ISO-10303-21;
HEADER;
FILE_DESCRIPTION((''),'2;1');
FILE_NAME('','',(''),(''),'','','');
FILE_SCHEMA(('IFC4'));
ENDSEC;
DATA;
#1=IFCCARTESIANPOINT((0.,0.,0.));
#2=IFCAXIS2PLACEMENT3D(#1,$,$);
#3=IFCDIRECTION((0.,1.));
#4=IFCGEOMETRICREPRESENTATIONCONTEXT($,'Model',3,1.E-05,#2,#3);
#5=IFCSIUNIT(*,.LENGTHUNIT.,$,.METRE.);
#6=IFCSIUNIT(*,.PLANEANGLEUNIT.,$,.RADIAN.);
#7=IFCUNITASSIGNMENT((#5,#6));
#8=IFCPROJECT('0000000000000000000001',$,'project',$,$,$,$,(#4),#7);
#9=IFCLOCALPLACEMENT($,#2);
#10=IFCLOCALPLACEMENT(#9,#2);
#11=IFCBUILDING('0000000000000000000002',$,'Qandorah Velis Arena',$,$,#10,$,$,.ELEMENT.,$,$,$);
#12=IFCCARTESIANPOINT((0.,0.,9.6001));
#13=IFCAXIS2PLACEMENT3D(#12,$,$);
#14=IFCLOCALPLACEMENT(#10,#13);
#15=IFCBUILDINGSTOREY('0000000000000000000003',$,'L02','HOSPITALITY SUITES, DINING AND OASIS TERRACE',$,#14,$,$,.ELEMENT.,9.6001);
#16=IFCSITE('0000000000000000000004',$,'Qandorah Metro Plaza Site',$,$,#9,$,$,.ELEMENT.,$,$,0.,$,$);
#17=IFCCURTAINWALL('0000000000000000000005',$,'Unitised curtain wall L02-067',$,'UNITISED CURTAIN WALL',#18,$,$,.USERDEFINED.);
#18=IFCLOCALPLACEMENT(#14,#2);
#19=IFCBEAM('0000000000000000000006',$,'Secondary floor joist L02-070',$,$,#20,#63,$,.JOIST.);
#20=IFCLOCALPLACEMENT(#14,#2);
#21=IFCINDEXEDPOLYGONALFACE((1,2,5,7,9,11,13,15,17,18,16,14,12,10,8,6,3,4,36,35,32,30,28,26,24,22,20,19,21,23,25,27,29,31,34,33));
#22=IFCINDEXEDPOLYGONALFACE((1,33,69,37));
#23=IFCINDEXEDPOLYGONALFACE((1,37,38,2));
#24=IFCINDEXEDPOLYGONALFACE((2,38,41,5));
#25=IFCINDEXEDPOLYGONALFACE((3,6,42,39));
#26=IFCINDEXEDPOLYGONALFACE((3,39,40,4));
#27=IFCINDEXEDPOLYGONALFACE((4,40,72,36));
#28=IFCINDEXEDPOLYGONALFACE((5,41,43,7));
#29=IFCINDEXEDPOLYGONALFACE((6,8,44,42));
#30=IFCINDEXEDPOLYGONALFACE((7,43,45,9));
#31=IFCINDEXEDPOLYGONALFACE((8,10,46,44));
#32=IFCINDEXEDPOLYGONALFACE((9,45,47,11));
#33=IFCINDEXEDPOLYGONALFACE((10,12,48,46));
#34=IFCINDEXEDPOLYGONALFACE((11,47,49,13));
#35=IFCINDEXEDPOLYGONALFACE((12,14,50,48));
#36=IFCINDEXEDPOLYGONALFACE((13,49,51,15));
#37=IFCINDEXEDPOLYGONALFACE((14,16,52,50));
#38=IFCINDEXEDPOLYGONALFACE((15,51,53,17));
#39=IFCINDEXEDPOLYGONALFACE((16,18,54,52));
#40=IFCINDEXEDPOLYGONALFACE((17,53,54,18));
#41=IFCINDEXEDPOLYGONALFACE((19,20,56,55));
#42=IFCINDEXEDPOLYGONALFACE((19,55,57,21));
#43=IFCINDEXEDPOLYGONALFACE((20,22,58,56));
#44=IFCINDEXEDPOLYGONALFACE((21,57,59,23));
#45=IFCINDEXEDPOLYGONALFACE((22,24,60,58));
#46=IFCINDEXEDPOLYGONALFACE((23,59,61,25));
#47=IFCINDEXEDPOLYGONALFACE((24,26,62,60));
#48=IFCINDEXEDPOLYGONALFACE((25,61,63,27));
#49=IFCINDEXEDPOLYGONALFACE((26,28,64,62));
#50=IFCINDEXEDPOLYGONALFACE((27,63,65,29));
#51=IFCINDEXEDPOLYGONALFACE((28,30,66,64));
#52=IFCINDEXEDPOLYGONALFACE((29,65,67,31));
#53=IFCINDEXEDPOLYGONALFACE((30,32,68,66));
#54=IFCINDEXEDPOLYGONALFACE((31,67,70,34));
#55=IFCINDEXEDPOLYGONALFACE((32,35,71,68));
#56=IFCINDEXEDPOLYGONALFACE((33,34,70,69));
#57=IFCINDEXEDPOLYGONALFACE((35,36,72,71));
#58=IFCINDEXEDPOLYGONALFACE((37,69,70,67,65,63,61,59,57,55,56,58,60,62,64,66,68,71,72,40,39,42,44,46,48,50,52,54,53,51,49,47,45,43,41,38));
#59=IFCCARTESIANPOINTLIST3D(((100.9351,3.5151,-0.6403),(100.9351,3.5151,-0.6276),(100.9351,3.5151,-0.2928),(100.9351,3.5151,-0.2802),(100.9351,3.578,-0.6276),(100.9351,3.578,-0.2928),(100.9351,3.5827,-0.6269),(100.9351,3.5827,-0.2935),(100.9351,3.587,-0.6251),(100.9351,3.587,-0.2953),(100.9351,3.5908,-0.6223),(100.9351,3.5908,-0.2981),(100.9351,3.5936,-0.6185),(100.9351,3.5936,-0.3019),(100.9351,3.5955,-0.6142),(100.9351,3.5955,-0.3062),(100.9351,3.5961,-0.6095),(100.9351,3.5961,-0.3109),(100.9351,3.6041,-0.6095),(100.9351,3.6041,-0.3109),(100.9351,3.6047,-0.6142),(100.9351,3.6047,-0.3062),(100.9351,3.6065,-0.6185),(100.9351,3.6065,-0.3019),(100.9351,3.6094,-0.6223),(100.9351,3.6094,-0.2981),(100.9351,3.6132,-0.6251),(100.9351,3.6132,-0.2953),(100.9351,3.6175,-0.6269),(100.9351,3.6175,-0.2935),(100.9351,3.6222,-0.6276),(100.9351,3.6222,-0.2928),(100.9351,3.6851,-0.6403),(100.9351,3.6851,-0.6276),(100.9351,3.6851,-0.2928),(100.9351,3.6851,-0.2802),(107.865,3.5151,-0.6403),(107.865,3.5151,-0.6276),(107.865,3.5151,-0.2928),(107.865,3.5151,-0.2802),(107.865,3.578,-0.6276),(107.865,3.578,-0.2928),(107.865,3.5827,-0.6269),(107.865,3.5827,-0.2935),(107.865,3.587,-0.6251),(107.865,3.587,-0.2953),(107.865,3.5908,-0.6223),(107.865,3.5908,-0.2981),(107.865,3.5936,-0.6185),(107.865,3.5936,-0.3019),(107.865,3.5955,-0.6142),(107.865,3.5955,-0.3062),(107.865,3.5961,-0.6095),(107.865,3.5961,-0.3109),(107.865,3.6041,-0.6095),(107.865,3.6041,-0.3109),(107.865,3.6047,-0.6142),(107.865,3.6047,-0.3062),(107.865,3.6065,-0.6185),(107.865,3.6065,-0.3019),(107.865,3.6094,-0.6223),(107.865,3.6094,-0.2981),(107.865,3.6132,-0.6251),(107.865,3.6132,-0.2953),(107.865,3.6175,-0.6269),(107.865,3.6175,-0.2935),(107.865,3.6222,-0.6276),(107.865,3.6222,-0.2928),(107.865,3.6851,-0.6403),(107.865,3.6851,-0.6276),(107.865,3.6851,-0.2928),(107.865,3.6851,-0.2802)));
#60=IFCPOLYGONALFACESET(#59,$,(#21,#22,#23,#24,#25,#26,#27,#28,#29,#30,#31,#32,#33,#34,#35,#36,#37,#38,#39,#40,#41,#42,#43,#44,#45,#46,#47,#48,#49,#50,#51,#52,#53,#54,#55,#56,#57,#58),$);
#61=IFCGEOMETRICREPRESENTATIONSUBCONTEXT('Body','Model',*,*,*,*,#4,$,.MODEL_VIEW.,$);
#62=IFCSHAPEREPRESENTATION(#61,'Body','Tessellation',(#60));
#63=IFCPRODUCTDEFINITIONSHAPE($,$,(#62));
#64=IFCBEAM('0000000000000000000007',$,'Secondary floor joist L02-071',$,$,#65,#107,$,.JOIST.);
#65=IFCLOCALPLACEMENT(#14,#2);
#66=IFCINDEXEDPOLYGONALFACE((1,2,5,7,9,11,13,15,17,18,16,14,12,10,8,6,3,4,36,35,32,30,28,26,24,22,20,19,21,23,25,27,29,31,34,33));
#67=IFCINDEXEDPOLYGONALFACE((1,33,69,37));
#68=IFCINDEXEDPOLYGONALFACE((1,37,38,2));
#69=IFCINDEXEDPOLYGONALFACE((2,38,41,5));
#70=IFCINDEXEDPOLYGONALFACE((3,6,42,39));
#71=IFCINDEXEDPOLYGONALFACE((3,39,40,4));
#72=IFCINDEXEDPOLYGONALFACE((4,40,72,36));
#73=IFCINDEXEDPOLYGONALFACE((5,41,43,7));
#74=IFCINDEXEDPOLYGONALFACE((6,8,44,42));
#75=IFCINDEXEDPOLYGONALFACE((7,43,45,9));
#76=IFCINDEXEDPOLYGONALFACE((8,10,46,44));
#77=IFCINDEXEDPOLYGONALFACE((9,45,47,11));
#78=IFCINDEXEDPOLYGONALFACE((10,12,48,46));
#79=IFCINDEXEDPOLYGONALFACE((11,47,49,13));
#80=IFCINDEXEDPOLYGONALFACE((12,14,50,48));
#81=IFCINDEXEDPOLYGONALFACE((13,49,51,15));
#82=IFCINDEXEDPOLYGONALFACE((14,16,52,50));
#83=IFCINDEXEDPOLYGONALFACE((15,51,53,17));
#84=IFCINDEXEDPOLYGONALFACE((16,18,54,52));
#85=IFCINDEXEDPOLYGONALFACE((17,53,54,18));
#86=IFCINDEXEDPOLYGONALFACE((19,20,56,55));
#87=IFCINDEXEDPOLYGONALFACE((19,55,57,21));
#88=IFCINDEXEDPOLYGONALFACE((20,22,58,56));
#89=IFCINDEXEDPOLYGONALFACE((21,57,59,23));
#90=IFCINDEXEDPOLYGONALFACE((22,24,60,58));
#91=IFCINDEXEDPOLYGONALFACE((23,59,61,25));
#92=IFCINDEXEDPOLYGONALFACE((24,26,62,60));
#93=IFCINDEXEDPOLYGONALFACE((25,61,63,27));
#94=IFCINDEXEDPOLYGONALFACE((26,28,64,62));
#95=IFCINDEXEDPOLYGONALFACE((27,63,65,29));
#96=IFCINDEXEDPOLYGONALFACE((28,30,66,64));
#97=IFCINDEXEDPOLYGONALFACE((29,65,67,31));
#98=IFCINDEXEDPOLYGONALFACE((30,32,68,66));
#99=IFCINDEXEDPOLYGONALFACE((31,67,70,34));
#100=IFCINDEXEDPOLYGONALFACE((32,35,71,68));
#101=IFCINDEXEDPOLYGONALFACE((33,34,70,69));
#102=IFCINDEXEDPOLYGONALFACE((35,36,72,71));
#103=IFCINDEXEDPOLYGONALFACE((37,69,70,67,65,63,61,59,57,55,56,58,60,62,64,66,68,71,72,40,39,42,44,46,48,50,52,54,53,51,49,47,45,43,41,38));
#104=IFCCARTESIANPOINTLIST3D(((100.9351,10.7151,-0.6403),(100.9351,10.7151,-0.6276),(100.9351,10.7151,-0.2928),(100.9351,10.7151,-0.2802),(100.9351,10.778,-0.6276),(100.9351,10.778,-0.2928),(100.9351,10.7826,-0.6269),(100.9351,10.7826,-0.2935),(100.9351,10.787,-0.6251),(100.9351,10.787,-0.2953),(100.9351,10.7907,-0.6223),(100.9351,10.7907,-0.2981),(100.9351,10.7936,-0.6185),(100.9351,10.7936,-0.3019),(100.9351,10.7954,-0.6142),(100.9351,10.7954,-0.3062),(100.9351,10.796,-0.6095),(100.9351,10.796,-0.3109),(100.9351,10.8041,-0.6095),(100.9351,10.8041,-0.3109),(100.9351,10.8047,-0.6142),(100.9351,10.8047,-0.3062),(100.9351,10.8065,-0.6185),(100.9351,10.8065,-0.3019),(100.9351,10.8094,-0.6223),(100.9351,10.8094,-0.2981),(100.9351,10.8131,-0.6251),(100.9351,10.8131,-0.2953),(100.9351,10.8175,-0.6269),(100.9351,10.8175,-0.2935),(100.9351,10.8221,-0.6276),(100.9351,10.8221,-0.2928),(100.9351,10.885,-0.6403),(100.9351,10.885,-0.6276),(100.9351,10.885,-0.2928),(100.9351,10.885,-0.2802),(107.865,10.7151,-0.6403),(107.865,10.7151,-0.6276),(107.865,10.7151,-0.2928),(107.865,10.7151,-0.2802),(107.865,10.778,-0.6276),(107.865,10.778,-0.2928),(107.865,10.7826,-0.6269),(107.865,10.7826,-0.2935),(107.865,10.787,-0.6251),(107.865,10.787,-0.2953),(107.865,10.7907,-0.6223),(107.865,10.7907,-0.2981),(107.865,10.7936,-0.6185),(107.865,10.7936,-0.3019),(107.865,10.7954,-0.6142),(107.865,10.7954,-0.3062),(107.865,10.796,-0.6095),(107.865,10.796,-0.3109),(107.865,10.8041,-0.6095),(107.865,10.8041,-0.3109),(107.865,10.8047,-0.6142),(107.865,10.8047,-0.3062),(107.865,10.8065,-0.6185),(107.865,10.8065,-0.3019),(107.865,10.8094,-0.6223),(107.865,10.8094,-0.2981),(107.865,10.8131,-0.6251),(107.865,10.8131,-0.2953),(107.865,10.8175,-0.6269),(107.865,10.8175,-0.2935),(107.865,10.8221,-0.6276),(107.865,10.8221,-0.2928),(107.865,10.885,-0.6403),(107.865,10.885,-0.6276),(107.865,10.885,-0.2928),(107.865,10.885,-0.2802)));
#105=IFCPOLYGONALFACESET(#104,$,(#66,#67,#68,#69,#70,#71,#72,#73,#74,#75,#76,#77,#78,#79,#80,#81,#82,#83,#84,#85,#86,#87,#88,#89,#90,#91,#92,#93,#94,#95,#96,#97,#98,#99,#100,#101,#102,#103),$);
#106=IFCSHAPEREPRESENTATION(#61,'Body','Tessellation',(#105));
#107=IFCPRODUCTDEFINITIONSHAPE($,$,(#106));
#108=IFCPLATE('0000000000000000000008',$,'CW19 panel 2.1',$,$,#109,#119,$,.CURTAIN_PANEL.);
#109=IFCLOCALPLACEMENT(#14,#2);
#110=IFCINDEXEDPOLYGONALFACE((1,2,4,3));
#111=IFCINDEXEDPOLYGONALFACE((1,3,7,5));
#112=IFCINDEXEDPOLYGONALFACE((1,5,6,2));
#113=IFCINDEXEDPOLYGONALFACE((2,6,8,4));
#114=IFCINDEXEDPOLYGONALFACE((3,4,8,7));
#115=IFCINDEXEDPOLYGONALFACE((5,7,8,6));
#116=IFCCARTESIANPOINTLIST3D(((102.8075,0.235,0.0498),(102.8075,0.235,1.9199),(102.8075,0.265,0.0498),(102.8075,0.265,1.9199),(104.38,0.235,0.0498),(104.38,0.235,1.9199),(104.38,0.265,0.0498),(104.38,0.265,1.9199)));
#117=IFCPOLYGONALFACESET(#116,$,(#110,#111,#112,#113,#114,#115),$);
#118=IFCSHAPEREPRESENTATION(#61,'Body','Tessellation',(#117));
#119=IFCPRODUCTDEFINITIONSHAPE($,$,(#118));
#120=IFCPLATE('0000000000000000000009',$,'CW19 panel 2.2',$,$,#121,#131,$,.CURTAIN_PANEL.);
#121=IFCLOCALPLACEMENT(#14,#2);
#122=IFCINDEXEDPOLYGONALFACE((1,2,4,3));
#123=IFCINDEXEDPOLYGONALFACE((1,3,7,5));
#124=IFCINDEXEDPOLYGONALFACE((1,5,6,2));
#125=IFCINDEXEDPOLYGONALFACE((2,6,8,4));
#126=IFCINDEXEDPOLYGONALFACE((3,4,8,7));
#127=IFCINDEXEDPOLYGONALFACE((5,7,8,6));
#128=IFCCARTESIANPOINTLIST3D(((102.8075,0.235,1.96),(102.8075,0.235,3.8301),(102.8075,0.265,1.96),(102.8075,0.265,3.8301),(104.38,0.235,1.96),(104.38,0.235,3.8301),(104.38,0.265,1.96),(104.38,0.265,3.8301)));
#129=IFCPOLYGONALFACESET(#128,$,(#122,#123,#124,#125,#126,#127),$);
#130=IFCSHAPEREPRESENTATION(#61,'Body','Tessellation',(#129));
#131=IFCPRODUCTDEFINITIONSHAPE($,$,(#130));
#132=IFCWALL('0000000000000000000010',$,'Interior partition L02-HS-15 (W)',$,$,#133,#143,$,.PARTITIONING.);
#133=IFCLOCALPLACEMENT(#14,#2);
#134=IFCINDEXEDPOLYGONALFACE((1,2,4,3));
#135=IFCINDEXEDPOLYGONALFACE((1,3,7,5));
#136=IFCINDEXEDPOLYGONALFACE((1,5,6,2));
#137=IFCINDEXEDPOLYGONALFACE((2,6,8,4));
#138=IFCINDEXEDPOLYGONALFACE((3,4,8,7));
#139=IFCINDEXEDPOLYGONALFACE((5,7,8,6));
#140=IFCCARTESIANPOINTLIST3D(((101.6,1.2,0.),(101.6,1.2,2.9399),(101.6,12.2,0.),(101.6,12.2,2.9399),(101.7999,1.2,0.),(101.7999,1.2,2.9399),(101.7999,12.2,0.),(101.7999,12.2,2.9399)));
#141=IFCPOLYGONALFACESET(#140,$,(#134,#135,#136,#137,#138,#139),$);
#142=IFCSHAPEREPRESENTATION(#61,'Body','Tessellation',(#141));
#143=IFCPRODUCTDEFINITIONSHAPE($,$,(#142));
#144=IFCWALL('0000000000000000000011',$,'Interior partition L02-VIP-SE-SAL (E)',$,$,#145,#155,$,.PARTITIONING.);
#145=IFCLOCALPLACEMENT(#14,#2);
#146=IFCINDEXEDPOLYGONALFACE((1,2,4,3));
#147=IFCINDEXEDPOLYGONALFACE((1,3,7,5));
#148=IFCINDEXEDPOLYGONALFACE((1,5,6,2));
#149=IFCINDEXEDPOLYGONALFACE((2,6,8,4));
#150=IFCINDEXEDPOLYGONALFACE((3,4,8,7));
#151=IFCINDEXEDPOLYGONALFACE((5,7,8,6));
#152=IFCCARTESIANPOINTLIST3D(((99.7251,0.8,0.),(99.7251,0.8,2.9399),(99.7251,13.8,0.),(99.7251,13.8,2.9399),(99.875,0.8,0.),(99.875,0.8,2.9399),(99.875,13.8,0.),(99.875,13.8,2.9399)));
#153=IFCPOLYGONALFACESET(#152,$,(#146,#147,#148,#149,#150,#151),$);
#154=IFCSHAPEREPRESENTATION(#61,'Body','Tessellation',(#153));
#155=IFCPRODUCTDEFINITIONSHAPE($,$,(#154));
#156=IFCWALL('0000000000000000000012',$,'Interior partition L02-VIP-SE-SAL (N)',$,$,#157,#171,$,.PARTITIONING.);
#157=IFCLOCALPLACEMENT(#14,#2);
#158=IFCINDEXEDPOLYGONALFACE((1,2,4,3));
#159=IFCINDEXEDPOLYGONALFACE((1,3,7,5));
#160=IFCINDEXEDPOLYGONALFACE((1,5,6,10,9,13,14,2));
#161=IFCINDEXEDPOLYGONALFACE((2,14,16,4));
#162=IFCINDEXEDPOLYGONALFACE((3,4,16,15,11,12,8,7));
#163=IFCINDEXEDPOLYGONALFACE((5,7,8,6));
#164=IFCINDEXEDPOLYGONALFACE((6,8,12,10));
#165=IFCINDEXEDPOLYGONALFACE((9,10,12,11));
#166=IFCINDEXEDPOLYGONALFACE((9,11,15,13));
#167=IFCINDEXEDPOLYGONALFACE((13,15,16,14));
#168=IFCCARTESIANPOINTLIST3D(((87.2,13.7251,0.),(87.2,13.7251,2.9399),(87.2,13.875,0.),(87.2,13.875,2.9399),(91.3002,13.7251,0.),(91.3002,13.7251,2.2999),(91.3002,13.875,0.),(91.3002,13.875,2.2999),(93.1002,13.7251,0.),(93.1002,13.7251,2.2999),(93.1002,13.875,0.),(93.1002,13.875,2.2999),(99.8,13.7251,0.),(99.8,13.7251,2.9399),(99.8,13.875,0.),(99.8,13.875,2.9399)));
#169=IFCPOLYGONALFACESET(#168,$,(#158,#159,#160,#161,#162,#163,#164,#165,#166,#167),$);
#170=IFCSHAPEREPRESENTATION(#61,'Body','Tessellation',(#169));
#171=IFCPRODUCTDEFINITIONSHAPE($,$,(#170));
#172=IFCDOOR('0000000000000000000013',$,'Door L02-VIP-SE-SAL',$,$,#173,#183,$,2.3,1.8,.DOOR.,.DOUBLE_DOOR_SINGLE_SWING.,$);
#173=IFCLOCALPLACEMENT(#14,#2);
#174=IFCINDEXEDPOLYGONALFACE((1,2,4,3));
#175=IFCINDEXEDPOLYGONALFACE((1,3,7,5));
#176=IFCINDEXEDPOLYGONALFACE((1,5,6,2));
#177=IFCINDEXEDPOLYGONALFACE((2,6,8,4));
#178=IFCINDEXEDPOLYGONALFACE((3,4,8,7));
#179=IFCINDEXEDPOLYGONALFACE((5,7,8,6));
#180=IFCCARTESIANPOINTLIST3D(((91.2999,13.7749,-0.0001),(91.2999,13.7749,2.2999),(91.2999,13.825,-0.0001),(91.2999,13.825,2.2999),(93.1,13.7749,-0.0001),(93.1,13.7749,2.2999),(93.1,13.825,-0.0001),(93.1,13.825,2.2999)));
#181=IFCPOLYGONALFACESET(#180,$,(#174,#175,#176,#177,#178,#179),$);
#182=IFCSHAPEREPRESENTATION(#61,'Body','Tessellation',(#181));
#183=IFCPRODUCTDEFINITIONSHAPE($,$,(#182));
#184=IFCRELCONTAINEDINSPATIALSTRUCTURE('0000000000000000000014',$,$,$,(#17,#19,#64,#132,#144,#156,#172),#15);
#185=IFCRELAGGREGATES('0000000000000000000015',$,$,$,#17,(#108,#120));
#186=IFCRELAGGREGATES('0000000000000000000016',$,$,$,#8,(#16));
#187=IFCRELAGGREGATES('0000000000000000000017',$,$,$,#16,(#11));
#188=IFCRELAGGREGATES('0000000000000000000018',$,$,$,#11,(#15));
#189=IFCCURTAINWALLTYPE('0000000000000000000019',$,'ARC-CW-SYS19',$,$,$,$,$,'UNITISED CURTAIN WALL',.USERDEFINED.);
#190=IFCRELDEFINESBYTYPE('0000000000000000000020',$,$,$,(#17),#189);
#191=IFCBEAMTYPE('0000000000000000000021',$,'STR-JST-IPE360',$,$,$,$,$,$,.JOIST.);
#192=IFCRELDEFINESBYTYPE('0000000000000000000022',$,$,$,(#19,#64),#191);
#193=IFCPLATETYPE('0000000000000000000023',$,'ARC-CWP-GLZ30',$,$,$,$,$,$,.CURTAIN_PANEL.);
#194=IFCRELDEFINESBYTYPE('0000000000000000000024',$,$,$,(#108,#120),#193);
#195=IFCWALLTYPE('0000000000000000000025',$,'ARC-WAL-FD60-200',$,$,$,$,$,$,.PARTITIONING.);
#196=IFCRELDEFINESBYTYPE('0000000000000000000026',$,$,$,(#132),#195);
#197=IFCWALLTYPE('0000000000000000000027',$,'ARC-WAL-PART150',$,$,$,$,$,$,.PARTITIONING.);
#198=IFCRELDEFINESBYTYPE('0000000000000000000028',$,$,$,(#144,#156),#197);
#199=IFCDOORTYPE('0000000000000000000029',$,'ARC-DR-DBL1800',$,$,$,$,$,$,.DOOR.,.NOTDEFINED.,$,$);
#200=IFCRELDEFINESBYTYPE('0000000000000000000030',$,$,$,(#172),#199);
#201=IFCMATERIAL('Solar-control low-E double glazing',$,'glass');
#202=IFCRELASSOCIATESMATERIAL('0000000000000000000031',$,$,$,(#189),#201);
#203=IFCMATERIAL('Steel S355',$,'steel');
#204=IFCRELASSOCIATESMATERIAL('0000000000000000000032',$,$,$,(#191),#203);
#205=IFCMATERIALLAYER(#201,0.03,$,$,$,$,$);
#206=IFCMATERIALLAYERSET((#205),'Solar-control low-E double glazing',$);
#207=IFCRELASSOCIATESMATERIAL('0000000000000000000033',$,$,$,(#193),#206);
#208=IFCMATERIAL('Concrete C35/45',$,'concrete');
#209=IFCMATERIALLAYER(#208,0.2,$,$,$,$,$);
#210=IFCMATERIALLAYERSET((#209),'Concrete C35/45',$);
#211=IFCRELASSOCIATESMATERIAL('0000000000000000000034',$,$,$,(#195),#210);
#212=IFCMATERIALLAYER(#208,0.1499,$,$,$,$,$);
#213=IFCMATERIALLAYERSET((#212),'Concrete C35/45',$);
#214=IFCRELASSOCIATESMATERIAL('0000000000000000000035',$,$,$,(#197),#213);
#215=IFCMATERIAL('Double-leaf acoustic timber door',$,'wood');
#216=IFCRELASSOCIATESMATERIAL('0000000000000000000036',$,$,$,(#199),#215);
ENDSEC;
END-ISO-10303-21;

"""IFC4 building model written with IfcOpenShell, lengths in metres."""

from ifc_helpers import new_model, si_unit, direction, frame, frame_2d, origin, origin_2d, place, context, subcontext, project, spatial, rectangle, i_section, extrude, material, layer, layer_set, material_profile, profile_set, type_object, element, fill, aggregate, save


model = new_model("IFC4")

# Units and contexts
model_context = context("Model", 3, precision=1e-05, world=origin(), true_north=direction((0.0, 1.0)))
body_context = subcontext(model_context, "Body", "Model", "MODEL_VIEW")
ifc_project = project(units=[si_unit("LENGTHUNIT", "METRE"), si_unit("PLANEANGLEUNIT", "RADIAN")], contexts=[model_context])

# Site, building, storey
site_placement = place(None, origin())
site = spatial("IfcSite", under=ifc_project, at=site_placement, Name="Qandorah Metro Plaza Site", CompositionType="ELEMENT", RefElevation=0.0)
building_placement = place(site_placement, origin())
building = spatial("IfcBuilding", under=site, at=building_placement, Name="Qandorah Velis Arena", CompositionType="ELEMENT")
storey_placement = place(building_placement, frame((0.0, 0.0, 9.6001)))
storey = spatial("IfcBuildingStorey", under=building, at=storey_placement, Name="L02", Description="HOSPITALITY SUITES, DINING AND OASIS TERRACE", CompositionType="ELEMENT", Elevation=9.6001)

# Curtain wall
ifc_material_1 = material(Name="Solar-control low-E double glazing", Category="glass")
curtain_wall_type = type_object("IfcCurtainWallType", Name="ARC-CW-SYS19", ElementType="UNITISED CURTAIN WALL", PredefinedType="USERDEFINED", material=ifc_material_1)
curtain_wall_placement = place(storey_placement, origin())
curtain_wall = element("IfcCurtainWall", 1, at=curtain_wall_placement, inside=storey, type_object=curtain_wall_type, Name="Unitised curtain wall L02-067", ObjectType="UNITISED CURTAIN WALL", PredefinedType="USERDEFINED")

# Beams
ifc_material_2 = material(Name="Steel S355", Category="steel")
ifc_material_profile_1 = material_profile(ifc_material_2, i_section(OverallWidth=0.1699, OverallDepth=0.3601, WebThickness=0.0081, FlangeThickness=0.0127, FilletRadius=0.0181, at=origin_2d()), Name="IPE 360")
ifc_profile_set_1 = profile_set([ifc_material_profile_1], Name="Steel S355")
beam_type_1 = type_object("IfcBeamType", Name="STR-JST-IPE360", PredefinedType="JOIST", material=ifc_profile_set_1)
for number, where, z_axis, x_axis, name in (
    (2, (100.9351, 3.6001, -0.4602), (1.0, 0.0, 0.0), (0.0, 1.0, 0.0), "Secondary floor joist L02-070"),
    (3, (100.9351, 10.8, -0.4602), (1.0, 0.0, 0.0), (0.0, 1.0, 0.0), "Secondary floor joist L02-071"),
):
    element("IfcBeam", number, at=place(storey_placement, frame(where, z_axis=z_axis, x_axis=x_axis)), inside=storey, type_object=beam_type_1, Name=name, PredefinedType="JOIST", context=body_context, shape_type="SweptSolid", body=[
        extrude(i_section(OverallWidth=0.1699, OverallDepth=0.3601, WebThickness=0.0081, FlangeThickness=0.0127, FilletRadius=0.0181, at=origin_2d()), origin(), (0.0, 0.0, 1.0), 6.9299),
    ])

# Plates
ifc_layer_1 = layer(ifc_material_1, 0.03)
ifc_layer_set_1 = layer_set([ifc_layer_1], Name="Solar-control low-E double glazing")
plate_type = type_object("IfcPlateType", Name="ARC-CWP-GLZ30", PredefinedType="CURTAIN_PANEL", material=ifc_layer_set_1)
plate_1_placement = place(storey_placement, frame((103.5938, 0.25, 0.0498), z_axis=(0.0, 0.0, 1.0), x_axis=(1.0, 0.0, 0.0)))
plate_1 = element("IfcPlate", 4, at=plate_1_placement, type_object=plate_type, Name="CW19 panel 2.1", PredefinedType="CURTAIN_PANEL", context=body_context, shape_type="SweptSolid", body=[
    extrude(rectangle(XDim=1.5725, YDim=0.03, at=origin_2d()), origin(), (0.0, 0.0, 1.0), 1.8701),
])
plate_2_placement = place(storey_placement, frame((103.5938, 0.25, 1.96), z_axis=(0.0, 0.0, 1.0), x_axis=(1.0, 0.0, 0.0)))
plate_2 = element("IfcPlate", 5, at=plate_2_placement, type_object=plate_type, Name="CW19 panel 2.2", PredefinedType="CURTAIN_PANEL", context=body_context, shape_type="SweptSolid", body=[
    extrude(rectangle(XDim=1.5725, YDim=0.03, at=origin_2d()), origin(), (0.0, 0.0, 1.0), 1.8701),
])
aggregate(curtain_wall, [plate_1, plate_2])

# Walls
ifc_material_3 = material(Name="Concrete C35/45", Category="concrete")
ifc_layer_2 = layer(ifc_material_3, 0.2)
ifc_layer_set_2 = layer_set([ifc_layer_2], Name="Concrete C35/45")
wall_type_1 = type_object("IfcWallType", Name="ARC-WAL-FD60-200", PredefinedType="PARTITIONING", material=ifc_layer_set_2)
wall_1_placement = place(storey_placement, frame((101.7, 12.2, 0.0), z_axis=(0.0, 0.0, 1.0), x_axis=(0.0, -1.0, 0.0)))
element("IfcWall", 6, at=wall_1_placement, inside=storey, type_object=wall_type_1, Name="Interior partition L02-HS-15 (W)", PredefinedType="PARTITIONING", context=body_context, shape_type="SweptSolid", body=[
    extrude(rectangle(XDim=11.0, YDim=0.2, at=frame_2d((5.5, 0.0))), origin(), (0.0, 0.0, 1.0), 2.9399),
])
ifc_layer_3 = layer(ifc_material_3, 0.1499)
ifc_layer_set_3 = layer_set([ifc_layer_3], Name="Concrete C35/45")
wall_type_2 = type_object("IfcWallType", Name="ARC-WAL-PART150", PredefinedType="PARTITIONING", material=ifc_layer_set_3)
wall_2_placement = place(storey_placement, frame((99.8, 0.8, 0.0), z_axis=(0.0, 0.0, 1.0), x_axis=(0.0, 1.0, 0.0)))
element("IfcWall", 7, at=wall_2_placement, inside=storey, type_object=wall_type_2, Name="Interior partition L02-VIP-SE-SAL (E)", PredefinedType="PARTITIONING", context=body_context, shape_type="SweptSolid", body=[
    extrude(rectangle(XDim=13.0, YDim=0.1499, at=frame_2d((6.5, 0.0))), origin(), (0.0, 0.0, 1.0), 2.9399),
])

# Wall, opening, door
wall_3_placement = place(storey_placement, frame((99.8, 13.8, 0.0), z_axis=(0.0, 0.0, 1.0), x_axis=(-1.0, 0.0, 0.0)))
wall_3 = element("IfcWall", 8, at=wall_3_placement, inside=storey, type_object=wall_type_2, Name="Interior partition L02-VIP-SE-SAL (N)", PredefinedType="PARTITIONING", context=body_context, shape_type="SweptSolid", body=[
    extrude(rectangle(XDim=12.6001, YDim=0.1499, at=frame_2d((6.3, 0.0))), origin(), (0.0, 0.0, 1.0), 2.9399),
])
opening_placement = place(wall_3_placement, frame((6.7, 0.0, 0.0)))
opening = element("IfcOpeningElement", 9, at=opening_placement, cuts=wall_3, PredefinedType="OPENING", context=body_context, shape_type="SweptSolid", body=[
    extrude(rectangle(XDim=1.8, YDim=2.3, at=frame_2d((0.8999, 1.1499))), frame((0.0, 0.085, 0.0), z_axis=(0.0, -1.0, 0.0), x_axis=(1.0, 0.0, 0.0)), (0.0, 0.0, 1.0), 0.1699),
])
ifc_material_4 = material(Name="Double-leaf acoustic timber door", Category="wood")
door_type = type_object("IfcDoorType", Name="ARC-DR-DBL1800", OperationType="NOTDEFINED", PredefinedType="DOOR", material=ifc_material_4)
door_placement = place(opening_placement, frame((1.8, 0.0, 0.0), z_axis=(0.0, 0.0, 1.0), x_axis=(-1.0, 0.0, 0.0)))
door = element("IfcDoor", 10, at=door_placement, inside=storey, type_object=door_type, Name="Door L02-VIP-SE-SAL", OperationType="DOUBLE_DOOR_SINGLE_SWING", OverallHeight=2.3, OverallWidth=1.8, PredefinedType="DOOR", context=body_context, shape_type="SweptSolid", body=[
    extrude(rectangle(XDim=1.8, YDim=2.3, at=frame_2d((0.8999, 1.1499))), frame((0.0, 0.0249, 0.0), z_axis=(0.0, -1.0, 0.0), x_axis=(1.0, 0.0, 0.0)), (0.0, 0.0, 1.0), 0.05),
])
fill(opening, door)

save(model, "model.ifc")
